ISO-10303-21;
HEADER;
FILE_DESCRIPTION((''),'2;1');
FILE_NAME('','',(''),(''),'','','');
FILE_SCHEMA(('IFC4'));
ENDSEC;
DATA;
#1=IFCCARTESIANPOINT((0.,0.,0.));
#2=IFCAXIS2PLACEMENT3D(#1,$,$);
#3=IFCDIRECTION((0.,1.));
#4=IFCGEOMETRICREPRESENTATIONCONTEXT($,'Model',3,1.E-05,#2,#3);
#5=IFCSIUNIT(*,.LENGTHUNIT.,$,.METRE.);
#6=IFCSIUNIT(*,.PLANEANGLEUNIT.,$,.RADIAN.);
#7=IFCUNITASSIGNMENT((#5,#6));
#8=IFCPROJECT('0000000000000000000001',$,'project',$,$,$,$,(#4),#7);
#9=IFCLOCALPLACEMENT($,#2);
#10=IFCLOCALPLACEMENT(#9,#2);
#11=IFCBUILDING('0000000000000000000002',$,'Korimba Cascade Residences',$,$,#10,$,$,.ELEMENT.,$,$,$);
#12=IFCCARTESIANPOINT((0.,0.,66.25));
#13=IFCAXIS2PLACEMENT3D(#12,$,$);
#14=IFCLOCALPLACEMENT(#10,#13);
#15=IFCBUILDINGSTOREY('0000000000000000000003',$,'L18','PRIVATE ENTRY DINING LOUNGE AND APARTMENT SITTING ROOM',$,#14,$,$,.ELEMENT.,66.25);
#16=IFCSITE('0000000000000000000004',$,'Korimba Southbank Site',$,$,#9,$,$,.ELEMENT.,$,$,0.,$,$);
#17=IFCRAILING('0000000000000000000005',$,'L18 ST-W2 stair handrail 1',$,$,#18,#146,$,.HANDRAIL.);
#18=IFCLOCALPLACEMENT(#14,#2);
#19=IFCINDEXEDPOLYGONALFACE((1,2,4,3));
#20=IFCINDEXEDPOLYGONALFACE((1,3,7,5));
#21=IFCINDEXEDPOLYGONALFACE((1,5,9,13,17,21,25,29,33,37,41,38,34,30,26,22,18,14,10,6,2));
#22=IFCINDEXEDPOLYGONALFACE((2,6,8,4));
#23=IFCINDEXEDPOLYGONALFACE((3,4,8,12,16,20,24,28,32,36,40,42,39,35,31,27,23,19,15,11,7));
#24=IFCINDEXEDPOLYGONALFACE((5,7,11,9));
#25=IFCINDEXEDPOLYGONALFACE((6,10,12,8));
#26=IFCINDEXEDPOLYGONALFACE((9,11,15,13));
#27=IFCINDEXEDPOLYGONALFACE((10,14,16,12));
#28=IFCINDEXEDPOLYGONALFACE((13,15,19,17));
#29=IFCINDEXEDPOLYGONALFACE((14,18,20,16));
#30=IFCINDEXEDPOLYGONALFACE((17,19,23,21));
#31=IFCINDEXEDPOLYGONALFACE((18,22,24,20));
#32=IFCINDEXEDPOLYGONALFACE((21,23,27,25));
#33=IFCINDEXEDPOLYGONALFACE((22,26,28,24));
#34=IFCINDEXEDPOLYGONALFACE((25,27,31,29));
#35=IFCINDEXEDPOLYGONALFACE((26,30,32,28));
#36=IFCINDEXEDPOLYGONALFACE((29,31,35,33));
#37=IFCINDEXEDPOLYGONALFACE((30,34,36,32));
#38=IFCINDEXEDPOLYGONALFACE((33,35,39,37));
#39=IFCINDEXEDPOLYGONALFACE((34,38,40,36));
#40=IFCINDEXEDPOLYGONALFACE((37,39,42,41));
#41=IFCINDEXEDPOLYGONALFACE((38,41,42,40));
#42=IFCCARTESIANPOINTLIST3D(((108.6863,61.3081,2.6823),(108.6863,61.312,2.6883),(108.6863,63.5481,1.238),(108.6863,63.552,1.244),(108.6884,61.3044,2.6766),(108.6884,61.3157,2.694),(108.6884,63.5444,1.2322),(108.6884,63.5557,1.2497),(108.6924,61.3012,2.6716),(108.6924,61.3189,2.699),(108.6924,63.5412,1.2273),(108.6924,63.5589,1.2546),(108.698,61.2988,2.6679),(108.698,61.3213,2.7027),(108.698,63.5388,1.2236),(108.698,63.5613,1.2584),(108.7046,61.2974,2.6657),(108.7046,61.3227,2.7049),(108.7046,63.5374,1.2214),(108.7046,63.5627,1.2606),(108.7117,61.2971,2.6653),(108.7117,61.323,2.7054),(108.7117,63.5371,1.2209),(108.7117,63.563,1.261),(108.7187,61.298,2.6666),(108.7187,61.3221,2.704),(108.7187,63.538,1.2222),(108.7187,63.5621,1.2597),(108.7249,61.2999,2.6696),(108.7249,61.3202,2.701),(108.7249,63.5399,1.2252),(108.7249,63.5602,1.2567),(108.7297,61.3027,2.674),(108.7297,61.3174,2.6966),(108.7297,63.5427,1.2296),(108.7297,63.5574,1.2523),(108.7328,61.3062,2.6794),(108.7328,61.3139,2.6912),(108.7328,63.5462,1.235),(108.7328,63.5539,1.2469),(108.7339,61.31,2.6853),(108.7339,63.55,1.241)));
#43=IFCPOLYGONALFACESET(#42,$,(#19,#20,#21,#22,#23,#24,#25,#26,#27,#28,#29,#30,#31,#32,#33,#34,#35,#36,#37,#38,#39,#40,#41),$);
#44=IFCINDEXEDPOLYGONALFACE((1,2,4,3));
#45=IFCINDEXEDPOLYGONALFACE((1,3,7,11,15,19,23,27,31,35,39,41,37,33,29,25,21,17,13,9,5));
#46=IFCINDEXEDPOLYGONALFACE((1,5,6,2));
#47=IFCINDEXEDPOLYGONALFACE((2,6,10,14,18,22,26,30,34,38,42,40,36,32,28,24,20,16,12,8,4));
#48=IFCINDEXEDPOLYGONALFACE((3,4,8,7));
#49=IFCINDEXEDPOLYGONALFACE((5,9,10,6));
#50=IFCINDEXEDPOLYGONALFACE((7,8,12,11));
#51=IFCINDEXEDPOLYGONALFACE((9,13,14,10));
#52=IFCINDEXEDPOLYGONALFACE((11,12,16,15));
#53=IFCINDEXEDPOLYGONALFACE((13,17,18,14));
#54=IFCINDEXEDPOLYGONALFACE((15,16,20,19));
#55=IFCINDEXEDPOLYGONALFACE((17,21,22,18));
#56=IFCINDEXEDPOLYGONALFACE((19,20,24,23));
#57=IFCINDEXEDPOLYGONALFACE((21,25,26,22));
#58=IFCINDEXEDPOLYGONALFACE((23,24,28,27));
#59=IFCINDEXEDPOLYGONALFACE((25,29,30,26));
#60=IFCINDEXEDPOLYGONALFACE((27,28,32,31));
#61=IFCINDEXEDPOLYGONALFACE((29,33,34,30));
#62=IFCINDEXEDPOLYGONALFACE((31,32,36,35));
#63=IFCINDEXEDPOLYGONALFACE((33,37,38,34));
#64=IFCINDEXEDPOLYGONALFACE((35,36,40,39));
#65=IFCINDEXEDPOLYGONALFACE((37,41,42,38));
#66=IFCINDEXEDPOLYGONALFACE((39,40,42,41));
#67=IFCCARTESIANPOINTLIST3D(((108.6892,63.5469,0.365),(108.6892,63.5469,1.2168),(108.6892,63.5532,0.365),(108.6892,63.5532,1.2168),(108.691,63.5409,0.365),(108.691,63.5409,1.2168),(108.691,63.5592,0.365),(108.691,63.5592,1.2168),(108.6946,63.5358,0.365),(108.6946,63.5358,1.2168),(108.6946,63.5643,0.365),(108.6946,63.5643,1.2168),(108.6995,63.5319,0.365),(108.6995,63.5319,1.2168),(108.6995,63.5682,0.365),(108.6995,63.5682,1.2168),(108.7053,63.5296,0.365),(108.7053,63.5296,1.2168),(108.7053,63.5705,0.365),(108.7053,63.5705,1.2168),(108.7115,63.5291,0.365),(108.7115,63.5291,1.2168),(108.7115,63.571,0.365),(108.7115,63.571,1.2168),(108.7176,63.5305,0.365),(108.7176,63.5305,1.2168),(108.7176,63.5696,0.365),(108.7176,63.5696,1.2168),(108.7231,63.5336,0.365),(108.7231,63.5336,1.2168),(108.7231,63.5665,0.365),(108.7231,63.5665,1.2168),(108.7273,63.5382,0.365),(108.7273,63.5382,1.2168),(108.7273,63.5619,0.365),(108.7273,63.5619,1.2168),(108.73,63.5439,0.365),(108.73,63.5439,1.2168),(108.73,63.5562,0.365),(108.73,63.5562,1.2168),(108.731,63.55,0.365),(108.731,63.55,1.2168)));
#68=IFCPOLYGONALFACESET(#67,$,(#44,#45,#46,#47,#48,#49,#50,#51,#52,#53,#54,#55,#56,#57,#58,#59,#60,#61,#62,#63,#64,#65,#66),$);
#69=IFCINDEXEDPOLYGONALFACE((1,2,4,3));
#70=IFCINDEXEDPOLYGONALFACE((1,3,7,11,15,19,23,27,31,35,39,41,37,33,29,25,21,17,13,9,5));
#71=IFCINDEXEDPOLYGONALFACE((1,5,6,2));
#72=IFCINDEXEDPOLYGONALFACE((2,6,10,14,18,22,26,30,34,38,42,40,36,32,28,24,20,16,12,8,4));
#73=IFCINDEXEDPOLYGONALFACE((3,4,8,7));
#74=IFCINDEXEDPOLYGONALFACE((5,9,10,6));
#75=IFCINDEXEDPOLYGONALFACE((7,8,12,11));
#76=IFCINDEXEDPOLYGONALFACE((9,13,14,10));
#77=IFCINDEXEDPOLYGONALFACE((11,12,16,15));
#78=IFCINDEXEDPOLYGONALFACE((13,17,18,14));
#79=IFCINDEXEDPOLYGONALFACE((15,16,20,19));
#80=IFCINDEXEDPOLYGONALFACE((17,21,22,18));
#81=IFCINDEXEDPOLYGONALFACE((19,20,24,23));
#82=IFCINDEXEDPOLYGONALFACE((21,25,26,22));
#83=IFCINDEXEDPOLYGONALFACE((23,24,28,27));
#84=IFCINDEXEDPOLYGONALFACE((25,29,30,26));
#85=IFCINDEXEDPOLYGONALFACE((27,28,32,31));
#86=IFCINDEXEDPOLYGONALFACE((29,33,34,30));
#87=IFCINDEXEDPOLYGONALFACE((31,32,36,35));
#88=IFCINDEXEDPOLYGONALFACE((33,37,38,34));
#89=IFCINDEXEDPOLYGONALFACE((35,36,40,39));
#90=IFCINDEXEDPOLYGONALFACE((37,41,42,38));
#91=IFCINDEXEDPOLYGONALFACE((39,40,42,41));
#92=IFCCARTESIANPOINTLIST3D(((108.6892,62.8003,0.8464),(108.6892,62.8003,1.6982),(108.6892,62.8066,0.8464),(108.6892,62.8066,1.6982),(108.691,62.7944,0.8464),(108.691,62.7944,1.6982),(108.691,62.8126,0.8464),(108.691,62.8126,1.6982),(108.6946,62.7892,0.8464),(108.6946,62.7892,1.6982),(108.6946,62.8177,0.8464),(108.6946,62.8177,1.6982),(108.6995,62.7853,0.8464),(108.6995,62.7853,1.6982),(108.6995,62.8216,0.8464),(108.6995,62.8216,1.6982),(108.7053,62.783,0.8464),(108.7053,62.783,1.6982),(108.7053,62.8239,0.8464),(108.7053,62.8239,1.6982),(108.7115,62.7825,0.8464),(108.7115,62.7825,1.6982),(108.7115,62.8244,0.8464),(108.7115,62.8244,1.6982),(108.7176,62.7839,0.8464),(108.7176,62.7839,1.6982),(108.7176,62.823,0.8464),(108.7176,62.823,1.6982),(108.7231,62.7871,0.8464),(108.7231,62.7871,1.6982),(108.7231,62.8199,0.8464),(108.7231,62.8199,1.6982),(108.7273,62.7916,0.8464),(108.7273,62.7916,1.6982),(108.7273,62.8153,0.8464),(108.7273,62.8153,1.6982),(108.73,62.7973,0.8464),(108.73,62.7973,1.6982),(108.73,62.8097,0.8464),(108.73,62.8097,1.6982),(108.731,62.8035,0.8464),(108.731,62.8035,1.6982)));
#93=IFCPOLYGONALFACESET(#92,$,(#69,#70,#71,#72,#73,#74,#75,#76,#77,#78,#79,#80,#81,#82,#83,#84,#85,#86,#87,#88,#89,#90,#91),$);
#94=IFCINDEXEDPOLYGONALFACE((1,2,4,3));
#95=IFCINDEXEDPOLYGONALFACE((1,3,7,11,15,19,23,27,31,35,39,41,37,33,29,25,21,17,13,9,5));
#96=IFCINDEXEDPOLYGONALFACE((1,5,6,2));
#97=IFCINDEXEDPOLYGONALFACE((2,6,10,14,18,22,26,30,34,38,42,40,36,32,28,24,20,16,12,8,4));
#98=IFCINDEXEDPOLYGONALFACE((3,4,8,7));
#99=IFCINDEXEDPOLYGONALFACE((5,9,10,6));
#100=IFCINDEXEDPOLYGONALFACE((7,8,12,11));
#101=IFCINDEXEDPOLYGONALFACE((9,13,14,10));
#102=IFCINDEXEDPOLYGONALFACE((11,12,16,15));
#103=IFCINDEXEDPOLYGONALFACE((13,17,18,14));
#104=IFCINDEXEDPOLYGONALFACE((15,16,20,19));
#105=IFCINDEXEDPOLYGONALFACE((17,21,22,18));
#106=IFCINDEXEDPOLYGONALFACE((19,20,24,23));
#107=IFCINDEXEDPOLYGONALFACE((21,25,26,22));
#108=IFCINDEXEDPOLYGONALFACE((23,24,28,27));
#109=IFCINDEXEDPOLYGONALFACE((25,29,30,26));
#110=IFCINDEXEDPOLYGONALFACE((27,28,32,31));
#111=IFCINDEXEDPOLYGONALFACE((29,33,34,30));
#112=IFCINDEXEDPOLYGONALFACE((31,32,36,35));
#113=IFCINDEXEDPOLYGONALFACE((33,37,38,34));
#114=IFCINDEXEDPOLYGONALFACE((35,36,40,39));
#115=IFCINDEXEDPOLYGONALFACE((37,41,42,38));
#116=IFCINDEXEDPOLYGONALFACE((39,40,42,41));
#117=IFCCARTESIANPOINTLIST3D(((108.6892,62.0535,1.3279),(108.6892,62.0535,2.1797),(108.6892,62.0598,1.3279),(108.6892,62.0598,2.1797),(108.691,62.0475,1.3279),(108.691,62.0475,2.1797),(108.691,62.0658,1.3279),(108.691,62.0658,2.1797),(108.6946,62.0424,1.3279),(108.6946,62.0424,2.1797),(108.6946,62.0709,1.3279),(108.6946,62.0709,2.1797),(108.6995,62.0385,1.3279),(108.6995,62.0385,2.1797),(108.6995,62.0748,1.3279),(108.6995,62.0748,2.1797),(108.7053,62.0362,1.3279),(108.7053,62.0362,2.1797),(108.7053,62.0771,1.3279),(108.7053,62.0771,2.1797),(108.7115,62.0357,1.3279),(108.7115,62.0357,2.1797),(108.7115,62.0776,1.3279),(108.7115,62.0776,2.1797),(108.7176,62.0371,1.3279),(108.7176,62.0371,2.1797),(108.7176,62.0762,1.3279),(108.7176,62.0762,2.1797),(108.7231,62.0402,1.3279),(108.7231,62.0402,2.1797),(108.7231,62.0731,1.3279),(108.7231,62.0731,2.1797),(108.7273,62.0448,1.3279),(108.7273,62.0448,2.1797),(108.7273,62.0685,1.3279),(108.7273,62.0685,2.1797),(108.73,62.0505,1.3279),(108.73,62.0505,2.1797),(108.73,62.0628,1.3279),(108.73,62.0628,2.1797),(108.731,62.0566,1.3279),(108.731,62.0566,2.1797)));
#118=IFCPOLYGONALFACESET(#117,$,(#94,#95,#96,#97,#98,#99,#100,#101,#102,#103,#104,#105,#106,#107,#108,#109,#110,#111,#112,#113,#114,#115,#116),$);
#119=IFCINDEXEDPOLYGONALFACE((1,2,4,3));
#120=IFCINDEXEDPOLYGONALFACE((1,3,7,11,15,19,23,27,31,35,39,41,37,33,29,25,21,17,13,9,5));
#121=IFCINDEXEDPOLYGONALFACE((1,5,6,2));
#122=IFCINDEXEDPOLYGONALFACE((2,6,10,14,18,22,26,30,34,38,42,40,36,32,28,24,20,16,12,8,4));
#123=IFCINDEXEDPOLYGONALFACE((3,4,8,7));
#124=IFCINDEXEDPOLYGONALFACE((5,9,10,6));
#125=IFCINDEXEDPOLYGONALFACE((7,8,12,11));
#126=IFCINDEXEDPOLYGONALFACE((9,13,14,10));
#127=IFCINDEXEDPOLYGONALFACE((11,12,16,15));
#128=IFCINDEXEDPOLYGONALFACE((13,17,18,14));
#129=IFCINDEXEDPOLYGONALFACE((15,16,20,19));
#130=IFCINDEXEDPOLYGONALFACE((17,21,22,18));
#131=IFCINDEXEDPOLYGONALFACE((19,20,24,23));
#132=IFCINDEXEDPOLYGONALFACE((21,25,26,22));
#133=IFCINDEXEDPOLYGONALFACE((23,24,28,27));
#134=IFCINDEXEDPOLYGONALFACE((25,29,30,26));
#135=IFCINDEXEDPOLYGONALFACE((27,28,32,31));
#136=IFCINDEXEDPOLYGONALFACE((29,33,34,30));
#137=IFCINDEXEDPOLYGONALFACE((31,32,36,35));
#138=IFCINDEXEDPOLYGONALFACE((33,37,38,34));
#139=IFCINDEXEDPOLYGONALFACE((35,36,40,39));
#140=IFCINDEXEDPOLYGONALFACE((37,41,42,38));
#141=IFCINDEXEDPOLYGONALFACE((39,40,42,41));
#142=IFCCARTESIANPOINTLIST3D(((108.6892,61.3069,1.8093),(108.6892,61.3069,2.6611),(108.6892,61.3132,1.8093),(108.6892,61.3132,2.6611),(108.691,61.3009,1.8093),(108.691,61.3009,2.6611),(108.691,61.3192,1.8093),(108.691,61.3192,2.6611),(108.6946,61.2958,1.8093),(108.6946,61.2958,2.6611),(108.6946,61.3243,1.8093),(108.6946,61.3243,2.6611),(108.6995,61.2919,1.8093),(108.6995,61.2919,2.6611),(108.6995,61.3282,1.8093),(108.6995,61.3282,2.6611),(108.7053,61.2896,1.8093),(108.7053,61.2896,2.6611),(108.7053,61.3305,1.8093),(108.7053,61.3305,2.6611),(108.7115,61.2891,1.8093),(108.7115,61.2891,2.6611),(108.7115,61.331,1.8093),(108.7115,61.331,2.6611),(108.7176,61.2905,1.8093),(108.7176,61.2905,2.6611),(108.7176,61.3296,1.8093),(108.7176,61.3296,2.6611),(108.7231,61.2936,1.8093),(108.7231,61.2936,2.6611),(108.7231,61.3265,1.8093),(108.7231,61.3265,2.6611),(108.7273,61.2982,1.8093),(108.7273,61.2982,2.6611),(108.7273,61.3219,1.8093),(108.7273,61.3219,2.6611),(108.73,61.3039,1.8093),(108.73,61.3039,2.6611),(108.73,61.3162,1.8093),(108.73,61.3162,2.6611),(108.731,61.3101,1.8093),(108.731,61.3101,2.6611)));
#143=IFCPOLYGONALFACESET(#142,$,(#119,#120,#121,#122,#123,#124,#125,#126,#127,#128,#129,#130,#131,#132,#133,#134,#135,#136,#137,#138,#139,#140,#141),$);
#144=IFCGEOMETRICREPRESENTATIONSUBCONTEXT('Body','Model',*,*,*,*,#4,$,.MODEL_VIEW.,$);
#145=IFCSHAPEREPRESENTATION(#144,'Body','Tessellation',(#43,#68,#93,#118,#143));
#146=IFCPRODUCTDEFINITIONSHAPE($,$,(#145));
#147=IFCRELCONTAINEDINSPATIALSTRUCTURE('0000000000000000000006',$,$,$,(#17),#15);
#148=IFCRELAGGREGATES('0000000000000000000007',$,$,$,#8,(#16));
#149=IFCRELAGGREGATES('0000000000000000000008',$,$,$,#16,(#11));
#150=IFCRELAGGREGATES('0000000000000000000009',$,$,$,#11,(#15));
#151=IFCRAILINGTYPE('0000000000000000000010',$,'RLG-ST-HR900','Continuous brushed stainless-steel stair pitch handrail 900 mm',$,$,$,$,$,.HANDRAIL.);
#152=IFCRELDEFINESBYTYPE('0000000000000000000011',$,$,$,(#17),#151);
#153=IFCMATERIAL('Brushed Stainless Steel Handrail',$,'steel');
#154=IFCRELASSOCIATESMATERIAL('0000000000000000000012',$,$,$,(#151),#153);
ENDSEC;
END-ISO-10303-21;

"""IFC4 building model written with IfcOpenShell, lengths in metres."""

from ifc_helpers import new_model, si_unit, direction, frame, origin, origin_2d, place, context, subcontext, project, spatial, circle, extrude, material, type_object, element, save


model = new_model("IFC4")

# Units and contexts
model_context = context("Model", 3, precision=1e-05, world=origin(), true_north=direction((0.0, 1.0)))
body_context = subcontext(model_context, "Body", "Model", "MODEL_VIEW")
ifc_project = project(units=[si_unit("LENGTHUNIT", "METRE"), si_unit("PLANEANGLEUNIT", "RADIAN")], contexts=[model_context])

# Site, building, storey
site_placement = place(None, origin())
site = spatial("IfcSite", under=ifc_project, at=site_placement, Name="Korimba Southbank Site", CompositionType="ELEMENT", RefElevation=0.0)
building_placement = place(site_placement, origin())
building = spatial("IfcBuilding", under=site, at=building_placement, Name="Korimba Cascade Residences", CompositionType="ELEMENT")
storey_placement = place(building_placement, frame((0.0, 0.0, 66.25)))
storey = spatial("IfcBuildingStorey", under=building, at=storey_placement, Name="L18", Description="PRIVATE ENTRY DINING LOUNGE AND APARTMENT SITTING ROOM", CompositionType="ELEMENT", Elevation=66.25)

# Railing
ifc_material_1 = material(Name="Brushed Stainless Steel Handrail", Category="steel")
railing_type_1 = type_object("IfcRailingType", Name="RLG-ST-HR900", Description="Continuous brushed stainless-steel stair pitch handrail 900 mm", PredefinedType="HANDRAIL", material=ifc_material_1)
railing_1_placement = place(storey_placement, frame((108.71, 63.55, 0.365)))
element("IfcRailing", 1, at=railing_1_placement, inside=storey, type_object=railing_type_1, Name="L18 ST-W2 stair handrail 1", PredefinedType="HANDRAIL", context=body_context, shape_type="SweptSolid", body=[
    extrude(circle(Radius=0.0239, at=origin_2d()), frame((0.0, 0.0, 0.876), z_axis=(0.0, -0.840437, 0.54191), x_axis=(1.0, 0.0, 0.0)), (0.0, 0.0, 1.0), 2.6653),
    extrude(circle(Radius=0.021, at=origin_2d()), origin(), (0.0, 0.0, 1.0), 0.8518),
    extrude(circle(Radius=0.021, at=origin_2d()), frame((0.0, -0.7466, 0.4814)), (0.0, 0.0, 1.0), 0.8518),
    extrude(circle(Radius=0.021, at=origin_2d()), frame((0.0, -1.4934, 0.9629)), (0.0, 0.0, 1.0), 0.8518),
    extrude(circle(Radius=0.021, at=origin_2d()), frame((0.0, -2.24, 1.4443)), (0.0, 0.0, 1.0), 0.8518),
])

save(model, "model.ifc")
